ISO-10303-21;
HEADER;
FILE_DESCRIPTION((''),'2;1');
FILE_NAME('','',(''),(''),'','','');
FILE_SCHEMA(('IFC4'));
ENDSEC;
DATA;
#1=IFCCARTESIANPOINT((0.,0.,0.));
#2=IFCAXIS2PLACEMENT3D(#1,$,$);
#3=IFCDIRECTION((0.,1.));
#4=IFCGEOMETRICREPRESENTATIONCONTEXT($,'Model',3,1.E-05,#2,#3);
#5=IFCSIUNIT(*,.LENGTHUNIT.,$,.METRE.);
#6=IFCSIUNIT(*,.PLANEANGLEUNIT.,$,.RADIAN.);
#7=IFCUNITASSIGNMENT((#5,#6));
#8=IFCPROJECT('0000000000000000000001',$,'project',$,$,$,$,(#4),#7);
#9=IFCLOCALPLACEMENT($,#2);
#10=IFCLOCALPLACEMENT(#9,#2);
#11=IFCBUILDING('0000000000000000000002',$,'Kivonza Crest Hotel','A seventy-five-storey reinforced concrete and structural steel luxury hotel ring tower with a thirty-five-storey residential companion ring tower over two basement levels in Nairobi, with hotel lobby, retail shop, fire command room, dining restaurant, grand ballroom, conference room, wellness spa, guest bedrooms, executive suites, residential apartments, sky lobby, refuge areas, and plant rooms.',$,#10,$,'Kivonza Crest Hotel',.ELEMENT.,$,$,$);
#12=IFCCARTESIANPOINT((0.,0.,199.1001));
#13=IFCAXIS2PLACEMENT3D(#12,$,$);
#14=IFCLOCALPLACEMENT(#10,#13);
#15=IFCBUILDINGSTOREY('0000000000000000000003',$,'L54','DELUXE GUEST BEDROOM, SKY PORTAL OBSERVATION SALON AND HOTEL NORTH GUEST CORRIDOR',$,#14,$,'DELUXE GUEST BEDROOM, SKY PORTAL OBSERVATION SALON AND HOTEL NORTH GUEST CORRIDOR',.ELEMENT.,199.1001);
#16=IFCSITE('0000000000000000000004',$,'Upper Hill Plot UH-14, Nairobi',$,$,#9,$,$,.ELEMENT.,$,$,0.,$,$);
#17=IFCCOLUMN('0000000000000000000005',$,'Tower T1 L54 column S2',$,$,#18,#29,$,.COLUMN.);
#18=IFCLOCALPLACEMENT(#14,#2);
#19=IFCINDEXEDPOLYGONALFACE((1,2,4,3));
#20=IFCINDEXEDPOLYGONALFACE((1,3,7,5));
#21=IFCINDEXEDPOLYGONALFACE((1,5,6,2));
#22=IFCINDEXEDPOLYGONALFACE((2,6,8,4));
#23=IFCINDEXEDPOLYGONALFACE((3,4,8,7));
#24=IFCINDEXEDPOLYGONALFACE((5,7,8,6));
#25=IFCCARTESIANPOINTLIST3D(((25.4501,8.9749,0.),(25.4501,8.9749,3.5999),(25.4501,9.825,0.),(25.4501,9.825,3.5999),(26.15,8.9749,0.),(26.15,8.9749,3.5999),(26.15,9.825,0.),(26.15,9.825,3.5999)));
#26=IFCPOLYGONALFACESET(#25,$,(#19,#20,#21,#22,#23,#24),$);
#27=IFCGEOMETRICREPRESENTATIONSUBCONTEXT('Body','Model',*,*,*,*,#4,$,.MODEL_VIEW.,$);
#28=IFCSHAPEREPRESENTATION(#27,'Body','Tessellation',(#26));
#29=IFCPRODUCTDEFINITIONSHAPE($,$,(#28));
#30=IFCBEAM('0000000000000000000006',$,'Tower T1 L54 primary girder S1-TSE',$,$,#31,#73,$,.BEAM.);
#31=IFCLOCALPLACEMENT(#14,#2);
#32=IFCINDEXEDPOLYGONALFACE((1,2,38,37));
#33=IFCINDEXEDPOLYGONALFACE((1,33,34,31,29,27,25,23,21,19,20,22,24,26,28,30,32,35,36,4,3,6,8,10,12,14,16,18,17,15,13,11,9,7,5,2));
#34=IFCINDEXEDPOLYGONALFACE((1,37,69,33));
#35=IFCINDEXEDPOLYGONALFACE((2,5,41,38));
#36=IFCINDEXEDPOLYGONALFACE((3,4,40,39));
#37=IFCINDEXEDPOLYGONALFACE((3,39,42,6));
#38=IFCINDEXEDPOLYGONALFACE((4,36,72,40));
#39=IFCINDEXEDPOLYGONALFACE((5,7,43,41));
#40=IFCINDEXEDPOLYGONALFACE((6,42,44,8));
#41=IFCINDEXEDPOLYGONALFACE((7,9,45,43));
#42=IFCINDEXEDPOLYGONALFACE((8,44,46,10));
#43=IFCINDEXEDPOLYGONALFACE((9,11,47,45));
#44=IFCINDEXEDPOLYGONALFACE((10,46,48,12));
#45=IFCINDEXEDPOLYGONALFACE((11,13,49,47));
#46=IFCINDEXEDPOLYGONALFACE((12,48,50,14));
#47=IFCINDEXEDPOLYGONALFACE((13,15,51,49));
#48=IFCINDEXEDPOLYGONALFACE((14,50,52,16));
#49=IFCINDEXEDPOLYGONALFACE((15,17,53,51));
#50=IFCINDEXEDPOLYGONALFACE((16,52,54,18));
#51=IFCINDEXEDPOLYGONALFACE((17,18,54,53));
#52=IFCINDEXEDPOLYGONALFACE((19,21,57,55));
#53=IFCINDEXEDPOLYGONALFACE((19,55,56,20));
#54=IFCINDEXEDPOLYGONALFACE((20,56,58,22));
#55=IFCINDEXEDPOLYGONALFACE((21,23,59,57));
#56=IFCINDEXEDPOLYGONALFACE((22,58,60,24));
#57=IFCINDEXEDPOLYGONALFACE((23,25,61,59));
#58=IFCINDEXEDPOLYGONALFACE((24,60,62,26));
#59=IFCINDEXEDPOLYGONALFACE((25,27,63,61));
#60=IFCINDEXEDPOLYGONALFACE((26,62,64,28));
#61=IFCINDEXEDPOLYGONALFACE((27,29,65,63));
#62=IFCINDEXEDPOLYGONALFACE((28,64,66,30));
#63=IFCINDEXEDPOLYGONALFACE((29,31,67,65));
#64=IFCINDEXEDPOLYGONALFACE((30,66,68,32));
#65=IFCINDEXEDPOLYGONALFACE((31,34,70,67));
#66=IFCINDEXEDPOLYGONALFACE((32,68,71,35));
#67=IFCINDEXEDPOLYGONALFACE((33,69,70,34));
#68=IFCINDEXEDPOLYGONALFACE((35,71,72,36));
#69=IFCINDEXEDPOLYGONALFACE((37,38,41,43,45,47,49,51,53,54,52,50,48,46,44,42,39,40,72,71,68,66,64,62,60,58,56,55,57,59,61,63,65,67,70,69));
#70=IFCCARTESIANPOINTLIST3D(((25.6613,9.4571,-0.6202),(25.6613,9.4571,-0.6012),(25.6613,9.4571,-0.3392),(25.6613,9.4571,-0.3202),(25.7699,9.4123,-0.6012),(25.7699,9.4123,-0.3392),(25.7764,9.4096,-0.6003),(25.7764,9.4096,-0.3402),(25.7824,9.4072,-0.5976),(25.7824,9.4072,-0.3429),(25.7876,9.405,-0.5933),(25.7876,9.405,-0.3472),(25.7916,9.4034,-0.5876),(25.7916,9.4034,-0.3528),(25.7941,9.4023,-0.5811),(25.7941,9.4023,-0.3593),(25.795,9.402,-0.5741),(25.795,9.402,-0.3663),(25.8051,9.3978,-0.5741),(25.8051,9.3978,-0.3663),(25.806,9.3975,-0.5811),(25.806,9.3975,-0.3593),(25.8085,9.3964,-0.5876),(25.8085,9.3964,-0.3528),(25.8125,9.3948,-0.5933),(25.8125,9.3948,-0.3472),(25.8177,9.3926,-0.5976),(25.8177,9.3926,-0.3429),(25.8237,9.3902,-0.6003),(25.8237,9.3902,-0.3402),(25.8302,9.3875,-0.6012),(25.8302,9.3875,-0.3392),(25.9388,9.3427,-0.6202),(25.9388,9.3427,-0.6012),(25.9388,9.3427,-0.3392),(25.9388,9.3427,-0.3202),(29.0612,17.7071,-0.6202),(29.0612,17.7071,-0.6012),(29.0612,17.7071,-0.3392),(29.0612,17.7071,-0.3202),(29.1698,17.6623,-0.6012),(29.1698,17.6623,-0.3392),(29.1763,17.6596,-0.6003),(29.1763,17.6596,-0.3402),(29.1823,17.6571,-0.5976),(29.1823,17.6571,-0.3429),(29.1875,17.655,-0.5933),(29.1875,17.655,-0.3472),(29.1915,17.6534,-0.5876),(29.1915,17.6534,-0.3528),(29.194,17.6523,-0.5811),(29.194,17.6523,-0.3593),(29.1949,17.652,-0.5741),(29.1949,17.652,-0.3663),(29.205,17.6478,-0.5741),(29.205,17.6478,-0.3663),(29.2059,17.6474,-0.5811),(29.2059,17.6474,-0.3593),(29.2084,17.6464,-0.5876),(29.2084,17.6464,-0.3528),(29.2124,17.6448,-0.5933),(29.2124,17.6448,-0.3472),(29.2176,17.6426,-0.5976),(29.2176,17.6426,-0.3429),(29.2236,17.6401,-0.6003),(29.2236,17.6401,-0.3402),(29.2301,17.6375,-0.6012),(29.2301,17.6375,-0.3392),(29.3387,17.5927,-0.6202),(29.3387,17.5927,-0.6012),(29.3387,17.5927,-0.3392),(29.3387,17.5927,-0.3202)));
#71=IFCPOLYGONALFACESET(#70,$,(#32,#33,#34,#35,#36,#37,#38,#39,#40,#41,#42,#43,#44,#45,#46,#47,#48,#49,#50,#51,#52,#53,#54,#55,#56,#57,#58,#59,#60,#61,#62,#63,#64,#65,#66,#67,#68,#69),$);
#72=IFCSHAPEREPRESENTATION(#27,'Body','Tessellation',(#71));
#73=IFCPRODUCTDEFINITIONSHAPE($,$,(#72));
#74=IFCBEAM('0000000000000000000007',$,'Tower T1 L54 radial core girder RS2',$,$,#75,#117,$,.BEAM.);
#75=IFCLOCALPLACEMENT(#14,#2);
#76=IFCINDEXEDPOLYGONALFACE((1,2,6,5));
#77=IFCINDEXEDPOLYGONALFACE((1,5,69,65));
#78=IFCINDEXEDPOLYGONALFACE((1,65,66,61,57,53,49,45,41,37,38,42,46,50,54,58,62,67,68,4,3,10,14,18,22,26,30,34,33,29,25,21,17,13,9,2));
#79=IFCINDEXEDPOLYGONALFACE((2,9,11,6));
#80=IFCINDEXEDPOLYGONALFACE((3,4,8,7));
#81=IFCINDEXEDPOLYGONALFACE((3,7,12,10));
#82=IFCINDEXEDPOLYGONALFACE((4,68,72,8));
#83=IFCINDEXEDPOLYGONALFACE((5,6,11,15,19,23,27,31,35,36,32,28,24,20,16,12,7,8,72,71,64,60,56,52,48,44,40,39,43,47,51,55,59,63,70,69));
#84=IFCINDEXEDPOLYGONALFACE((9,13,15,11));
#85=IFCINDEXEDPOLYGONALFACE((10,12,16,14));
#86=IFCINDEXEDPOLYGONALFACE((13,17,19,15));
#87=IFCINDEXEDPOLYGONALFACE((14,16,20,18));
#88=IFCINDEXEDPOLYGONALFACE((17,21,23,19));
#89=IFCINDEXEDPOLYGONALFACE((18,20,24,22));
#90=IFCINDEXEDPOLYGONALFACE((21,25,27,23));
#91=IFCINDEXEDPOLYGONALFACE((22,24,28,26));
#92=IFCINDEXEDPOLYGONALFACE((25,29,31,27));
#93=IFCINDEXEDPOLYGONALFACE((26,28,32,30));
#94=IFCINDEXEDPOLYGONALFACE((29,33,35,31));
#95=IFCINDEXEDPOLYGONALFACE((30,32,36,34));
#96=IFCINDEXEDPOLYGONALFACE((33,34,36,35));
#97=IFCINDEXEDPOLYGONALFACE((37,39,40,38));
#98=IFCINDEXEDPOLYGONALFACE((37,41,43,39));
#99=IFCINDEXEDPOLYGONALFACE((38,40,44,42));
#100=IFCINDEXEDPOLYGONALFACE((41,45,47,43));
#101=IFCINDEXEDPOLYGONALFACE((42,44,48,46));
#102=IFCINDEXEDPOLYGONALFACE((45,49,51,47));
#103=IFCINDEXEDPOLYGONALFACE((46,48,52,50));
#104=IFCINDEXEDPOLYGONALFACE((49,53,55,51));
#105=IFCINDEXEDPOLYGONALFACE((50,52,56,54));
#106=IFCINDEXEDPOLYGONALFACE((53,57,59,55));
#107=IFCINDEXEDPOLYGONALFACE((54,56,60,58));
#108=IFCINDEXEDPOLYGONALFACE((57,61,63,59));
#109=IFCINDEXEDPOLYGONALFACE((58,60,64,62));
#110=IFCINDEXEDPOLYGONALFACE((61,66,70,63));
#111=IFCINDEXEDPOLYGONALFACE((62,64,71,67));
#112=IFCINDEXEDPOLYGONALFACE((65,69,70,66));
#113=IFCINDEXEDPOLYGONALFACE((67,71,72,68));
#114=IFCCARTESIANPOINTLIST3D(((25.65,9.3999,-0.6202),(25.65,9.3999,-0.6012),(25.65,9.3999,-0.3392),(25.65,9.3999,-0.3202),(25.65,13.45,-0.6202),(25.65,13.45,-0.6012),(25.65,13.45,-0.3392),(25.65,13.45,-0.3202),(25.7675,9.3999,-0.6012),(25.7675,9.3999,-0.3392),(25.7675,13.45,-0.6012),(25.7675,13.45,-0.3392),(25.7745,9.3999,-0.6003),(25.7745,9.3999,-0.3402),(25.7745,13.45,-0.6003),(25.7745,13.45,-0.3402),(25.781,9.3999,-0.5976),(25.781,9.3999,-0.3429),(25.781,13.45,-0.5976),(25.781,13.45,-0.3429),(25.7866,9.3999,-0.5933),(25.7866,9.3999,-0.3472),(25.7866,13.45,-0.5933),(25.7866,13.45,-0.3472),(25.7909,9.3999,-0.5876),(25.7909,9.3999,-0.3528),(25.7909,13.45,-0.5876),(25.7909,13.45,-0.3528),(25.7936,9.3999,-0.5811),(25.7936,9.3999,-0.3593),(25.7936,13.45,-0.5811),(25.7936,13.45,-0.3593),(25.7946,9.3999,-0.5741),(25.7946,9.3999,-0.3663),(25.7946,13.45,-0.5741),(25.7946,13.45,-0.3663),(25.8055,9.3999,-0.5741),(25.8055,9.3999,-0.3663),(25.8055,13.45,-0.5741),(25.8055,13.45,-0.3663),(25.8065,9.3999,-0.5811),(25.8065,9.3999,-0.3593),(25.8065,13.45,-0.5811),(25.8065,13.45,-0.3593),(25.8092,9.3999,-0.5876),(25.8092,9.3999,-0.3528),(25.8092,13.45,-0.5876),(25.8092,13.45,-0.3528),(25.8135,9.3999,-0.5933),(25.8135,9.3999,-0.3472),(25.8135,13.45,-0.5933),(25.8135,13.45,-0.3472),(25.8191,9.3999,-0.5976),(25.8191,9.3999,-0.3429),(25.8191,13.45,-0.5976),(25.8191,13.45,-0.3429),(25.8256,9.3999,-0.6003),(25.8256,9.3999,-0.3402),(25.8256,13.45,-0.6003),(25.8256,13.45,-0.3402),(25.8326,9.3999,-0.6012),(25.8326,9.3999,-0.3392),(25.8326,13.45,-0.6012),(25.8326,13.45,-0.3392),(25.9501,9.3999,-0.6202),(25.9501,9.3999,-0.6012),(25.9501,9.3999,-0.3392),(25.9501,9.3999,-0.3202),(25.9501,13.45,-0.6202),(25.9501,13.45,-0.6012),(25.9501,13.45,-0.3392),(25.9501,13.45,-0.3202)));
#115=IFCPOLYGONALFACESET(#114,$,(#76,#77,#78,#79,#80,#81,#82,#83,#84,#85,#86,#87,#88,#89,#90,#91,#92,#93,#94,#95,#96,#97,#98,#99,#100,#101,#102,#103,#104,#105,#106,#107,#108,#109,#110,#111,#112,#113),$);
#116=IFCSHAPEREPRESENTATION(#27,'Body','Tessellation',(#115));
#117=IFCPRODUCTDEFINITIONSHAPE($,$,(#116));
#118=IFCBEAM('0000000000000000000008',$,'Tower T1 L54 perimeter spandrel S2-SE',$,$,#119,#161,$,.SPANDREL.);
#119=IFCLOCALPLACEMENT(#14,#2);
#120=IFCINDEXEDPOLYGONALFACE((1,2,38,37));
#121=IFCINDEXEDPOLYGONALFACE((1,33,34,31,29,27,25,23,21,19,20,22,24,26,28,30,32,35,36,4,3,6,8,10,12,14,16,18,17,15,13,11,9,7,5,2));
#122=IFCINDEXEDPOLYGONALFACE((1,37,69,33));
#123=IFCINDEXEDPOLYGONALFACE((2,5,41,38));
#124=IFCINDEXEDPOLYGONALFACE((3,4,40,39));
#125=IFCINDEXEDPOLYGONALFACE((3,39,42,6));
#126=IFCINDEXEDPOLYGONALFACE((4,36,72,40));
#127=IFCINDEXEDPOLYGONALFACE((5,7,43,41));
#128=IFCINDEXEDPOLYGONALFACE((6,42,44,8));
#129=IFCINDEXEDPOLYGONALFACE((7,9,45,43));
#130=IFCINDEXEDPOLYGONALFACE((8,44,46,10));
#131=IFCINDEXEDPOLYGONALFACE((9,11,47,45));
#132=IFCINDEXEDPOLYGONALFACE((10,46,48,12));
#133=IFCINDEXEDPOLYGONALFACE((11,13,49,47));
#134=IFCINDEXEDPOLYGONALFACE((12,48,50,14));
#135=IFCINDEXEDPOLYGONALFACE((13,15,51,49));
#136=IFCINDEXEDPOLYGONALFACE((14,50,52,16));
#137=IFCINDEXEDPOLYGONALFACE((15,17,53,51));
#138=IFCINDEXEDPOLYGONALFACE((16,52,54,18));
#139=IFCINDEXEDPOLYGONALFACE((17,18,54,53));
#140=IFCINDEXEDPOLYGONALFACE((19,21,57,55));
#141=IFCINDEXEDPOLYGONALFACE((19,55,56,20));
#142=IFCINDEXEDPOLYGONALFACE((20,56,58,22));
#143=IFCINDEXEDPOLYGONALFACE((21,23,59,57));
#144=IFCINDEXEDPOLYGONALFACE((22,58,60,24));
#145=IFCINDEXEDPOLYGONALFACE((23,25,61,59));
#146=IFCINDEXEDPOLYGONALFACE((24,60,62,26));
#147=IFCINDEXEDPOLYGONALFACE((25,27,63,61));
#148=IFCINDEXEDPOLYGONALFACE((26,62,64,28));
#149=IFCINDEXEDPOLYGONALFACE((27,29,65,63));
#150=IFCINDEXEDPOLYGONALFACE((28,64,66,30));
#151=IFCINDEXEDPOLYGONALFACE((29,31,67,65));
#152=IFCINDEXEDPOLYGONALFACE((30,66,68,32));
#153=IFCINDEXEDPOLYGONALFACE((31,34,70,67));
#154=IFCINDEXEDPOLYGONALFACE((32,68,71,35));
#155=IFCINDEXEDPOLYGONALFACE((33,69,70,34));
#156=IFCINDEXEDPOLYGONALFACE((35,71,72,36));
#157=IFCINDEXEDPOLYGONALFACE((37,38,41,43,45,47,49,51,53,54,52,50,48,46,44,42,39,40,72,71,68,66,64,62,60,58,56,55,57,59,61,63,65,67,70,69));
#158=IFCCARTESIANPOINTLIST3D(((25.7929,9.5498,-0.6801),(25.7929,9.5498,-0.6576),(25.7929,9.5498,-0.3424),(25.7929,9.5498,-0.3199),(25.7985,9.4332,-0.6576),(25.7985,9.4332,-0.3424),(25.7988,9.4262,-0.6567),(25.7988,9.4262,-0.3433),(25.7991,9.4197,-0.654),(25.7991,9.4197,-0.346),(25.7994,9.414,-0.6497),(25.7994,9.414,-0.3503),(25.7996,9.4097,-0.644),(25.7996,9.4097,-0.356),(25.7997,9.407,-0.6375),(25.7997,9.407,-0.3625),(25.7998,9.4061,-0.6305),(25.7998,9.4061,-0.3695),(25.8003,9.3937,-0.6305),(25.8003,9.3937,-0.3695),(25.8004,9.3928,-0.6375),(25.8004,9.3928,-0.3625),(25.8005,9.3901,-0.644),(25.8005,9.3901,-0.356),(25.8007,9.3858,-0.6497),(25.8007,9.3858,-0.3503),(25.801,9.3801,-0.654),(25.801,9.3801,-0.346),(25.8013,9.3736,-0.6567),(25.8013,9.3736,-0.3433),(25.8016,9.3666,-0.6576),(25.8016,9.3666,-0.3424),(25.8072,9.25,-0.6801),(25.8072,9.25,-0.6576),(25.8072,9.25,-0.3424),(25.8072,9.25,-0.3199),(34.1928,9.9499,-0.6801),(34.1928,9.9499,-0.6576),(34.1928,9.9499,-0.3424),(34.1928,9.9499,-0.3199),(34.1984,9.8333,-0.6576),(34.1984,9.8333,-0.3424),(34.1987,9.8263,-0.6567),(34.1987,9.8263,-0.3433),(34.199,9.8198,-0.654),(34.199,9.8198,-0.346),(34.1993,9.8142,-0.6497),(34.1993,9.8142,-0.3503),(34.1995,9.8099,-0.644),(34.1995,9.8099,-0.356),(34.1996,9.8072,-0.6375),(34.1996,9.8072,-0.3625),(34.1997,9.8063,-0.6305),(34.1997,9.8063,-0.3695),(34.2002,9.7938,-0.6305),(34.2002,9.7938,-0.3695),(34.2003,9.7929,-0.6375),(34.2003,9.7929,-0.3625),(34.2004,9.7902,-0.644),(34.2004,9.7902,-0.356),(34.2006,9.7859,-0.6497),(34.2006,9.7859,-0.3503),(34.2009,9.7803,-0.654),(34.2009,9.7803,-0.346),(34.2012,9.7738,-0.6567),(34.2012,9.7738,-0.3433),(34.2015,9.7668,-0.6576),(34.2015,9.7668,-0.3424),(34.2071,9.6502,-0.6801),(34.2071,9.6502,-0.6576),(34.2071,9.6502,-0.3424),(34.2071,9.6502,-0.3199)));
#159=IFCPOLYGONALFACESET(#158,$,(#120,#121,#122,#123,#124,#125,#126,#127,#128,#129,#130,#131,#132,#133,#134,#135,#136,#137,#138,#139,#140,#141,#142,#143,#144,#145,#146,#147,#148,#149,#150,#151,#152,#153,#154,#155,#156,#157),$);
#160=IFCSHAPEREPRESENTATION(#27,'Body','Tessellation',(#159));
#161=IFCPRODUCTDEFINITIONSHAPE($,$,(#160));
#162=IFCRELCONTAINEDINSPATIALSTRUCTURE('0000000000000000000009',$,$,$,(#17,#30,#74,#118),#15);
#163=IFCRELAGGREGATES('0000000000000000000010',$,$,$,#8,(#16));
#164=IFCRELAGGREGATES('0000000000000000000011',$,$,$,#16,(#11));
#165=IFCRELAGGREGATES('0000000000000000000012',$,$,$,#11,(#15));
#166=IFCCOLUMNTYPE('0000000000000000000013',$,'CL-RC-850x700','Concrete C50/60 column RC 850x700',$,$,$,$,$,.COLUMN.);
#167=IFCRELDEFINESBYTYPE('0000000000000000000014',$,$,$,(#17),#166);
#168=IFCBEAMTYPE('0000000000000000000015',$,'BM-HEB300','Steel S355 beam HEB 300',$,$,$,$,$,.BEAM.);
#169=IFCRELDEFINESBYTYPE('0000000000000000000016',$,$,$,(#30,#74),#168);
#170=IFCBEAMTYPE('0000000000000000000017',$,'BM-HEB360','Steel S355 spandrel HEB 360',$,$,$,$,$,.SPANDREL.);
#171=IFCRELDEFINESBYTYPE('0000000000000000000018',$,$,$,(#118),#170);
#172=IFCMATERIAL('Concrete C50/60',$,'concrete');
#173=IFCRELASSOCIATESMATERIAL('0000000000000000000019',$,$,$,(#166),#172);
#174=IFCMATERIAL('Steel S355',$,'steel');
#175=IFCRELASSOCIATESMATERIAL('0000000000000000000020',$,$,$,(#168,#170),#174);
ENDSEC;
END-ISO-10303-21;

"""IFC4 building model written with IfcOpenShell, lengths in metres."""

from ifc_helpers import new_model, si_unit, direction, frame, origin, origin_2d, place, context, subcontext, project, spatial, rectangle, i_section, extrude, material, material_profile, profile_set, type_object, element, save


model = new_model("IFC4")

# Units and contexts
model_context = context("Model", 3, precision=1e-05, world=origin(), true_north=direction((0.0, 1.0)))
body_context = subcontext(model_context, "Body", "Model", "MODEL_VIEW")
ifc_project = project(units=[si_unit("LENGTHUNIT", "METRE"), si_unit("PLANEANGLEUNIT", "RADIAN")], contexts=[model_context])

# Site, building, storey
site_placement = place(None, origin())
site = spatial("IfcSite", under=ifc_project, at=site_placement, Name="Upper Hill Plot UH-14, Nairobi", CompositionType="ELEMENT", RefElevation=0.0)
building_placement = place(site_placement, origin())
building = spatial("IfcBuilding", under=site, at=building_placement, Name="Kivonza Crest Hotel", Description="A seventy-five-storey reinforced concrete and structural steel luxury hotel ring tower with a thirty-five-storey residential companion ring tower over two basement levels in Nairobi, with hotel lobby, retail shop, fire command room, dining restaurant, grand ballroom, conference room, wellness spa, guest bedrooms, executive suites, residential apartments, sky lobby, refuge areas, and plant rooms.", LongName="Kivonza Crest Hotel", CompositionType="ELEMENT")
storey_placement = place(building_placement, frame((0.0, 0.0, 199.1001)))
storey = spatial("IfcBuildingStorey", under=building, at=storey_placement, Name="L54", Description="DELUXE GUEST BEDROOM, SKY PORTAL OBSERVATION SALON AND HOTEL NORTH GUEST CORRIDOR", LongName="DELUXE GUEST BEDROOM, SKY PORTAL OBSERVATION SALON AND HOTEL NORTH GUEST CORRIDOR", CompositionType="ELEMENT", Elevation=199.1001)

# Column
ifc_material_1 = material(Name="Concrete C50/60", Category="concrete")
ifc_material_profile_1 = material_profile(ifc_material_1, rectangle(XDim=0.7, YDim=0.8501, at=origin_2d()), Name="RC 850x700")
ifc_profile_set_1 = profile_set([ifc_material_profile_1], Name="Concrete C50/60")
column_type = type_object("IfcColumnType", Name="CL-RC-850x700", Description="Concrete C50/60 column RC 850x700", PredefinedType="COLUMN", material=ifc_profile_set_1)
column_placement = place(storey_placement, frame((25.8, 9.3999, 0.0), z_axis=(0.0, 0.0, 1.0), x_axis=(1.0, 0.0, 0.0)))
element("IfcColumn", 1, at=column_placement, inside=storey, type_object=column_type, Name="Tower T1 L54 column S2", PredefinedType="COLUMN", context=body_context, shape_type="SweptSolid", body=[
    extrude(rectangle(XDim=0.7, YDim=0.8501, at=origin_2d()), origin(), (0.0, 0.0, 1.0), 3.5999),
])

# Beams
ifc_material_2 = material(Name="Steel S355", Category="steel")
ifc_material_profile_2 = material_profile(ifc_material_2, i_section(OverallWidth=0.3, OverallDepth=0.3, WebThickness=0.011, FlangeThickness=0.019, FilletRadius=0.0271, at=origin_2d()), Name="HEB 300")
ifc_profile_set_2 = profile_set([ifc_material_profile_2], Name="Steel S355")
beam_type_1 = type_object("IfcBeamType", Name="BM-HEB300", Description="Steel S355 beam HEB 300", PredefinedType="BEAM", material=ifc_profile_set_2)
beam_1_placement = place(storey_placement, frame((25.8, 9.3999, -0.4702), z_axis=(0.381022, 0.924566, 0.0), x_axis=(-0.924566, 0.381022, 0.0)))
element("IfcBeam", 2, at=beam_1_placement, inside=storey, type_object=beam_type_1, Name="Tower T1 L54 primary girder S1-TSE", PredefinedType="BEAM", context=body_context, shape_type="SweptSolid", body=[
    extrude(i_section(OverallWidth=0.3, OverallDepth=0.3, WebThickness=0.011, FlangeThickness=0.019, FilletRadius=0.0271, at=origin_2d()), origin(), (0.0, 0.0, 1.0), 8.9231),
])
beam_2_placement = place(storey_placement, frame((25.8, 9.3999, -0.4702), z_axis=(0.0, 1.0, 0.0), x_axis=(-1.0, 0.0, 0.0)))
element("IfcBeam", 3, at=beam_2_placement, inside=storey, type_object=beam_type_1, Name="Tower T1 L54 radial core girder RS2", PredefinedType="BEAM", context=body_context, shape_type="SweptSolid", body=[
    extrude(i_section(OverallWidth=0.3, OverallDepth=0.3, WebThickness=0.011, FlangeThickness=0.019, FilletRadius=0.0271, at=origin_2d()), origin(), (0.0, 0.0, 1.0), 4.05),
])
ifc_material_profile_3 = material_profile(ifc_material_2, i_section(OverallWidth=0.3, OverallDepth=0.3601, WebThickness=0.0125, FlangeThickness=0.0225, FilletRadius=0.0271, at=origin_2d()), Name="HEB 360")
ifc_profile_set_3 = profile_set([ifc_material_profile_3], Name="Steel S355")
beam_type_2 = type_object("IfcBeamType", Name="BM-HEB360", Description="Steel S355 spandrel HEB 360", PredefinedType="SPANDREL", material=ifc_profile_set_3)
beam_3_placement = place(storey_placement, frame((25.8, 9.3999, -0.5), z_axis=(0.998867, 0.047583, 0.0), x_axis=(-0.047583, 0.998867, 0.0)))
element("IfcBeam", 4, at=beam_3_placement, inside=storey, type_object=beam_type_2, Name="Tower T1 L54 perimeter spandrel S2-SE", PredefinedType="SPANDREL", context=body_context, shape_type="SweptSolid", body=[
    extrude(i_section(OverallWidth=0.3, OverallDepth=0.3601, WebThickness=0.0125, FlangeThickness=0.0225, FilletRadius=0.0271, at=origin_2d()), origin(), (0.0, 0.0, 1.0), 8.4094),
])

save(model, "model.ifc")
